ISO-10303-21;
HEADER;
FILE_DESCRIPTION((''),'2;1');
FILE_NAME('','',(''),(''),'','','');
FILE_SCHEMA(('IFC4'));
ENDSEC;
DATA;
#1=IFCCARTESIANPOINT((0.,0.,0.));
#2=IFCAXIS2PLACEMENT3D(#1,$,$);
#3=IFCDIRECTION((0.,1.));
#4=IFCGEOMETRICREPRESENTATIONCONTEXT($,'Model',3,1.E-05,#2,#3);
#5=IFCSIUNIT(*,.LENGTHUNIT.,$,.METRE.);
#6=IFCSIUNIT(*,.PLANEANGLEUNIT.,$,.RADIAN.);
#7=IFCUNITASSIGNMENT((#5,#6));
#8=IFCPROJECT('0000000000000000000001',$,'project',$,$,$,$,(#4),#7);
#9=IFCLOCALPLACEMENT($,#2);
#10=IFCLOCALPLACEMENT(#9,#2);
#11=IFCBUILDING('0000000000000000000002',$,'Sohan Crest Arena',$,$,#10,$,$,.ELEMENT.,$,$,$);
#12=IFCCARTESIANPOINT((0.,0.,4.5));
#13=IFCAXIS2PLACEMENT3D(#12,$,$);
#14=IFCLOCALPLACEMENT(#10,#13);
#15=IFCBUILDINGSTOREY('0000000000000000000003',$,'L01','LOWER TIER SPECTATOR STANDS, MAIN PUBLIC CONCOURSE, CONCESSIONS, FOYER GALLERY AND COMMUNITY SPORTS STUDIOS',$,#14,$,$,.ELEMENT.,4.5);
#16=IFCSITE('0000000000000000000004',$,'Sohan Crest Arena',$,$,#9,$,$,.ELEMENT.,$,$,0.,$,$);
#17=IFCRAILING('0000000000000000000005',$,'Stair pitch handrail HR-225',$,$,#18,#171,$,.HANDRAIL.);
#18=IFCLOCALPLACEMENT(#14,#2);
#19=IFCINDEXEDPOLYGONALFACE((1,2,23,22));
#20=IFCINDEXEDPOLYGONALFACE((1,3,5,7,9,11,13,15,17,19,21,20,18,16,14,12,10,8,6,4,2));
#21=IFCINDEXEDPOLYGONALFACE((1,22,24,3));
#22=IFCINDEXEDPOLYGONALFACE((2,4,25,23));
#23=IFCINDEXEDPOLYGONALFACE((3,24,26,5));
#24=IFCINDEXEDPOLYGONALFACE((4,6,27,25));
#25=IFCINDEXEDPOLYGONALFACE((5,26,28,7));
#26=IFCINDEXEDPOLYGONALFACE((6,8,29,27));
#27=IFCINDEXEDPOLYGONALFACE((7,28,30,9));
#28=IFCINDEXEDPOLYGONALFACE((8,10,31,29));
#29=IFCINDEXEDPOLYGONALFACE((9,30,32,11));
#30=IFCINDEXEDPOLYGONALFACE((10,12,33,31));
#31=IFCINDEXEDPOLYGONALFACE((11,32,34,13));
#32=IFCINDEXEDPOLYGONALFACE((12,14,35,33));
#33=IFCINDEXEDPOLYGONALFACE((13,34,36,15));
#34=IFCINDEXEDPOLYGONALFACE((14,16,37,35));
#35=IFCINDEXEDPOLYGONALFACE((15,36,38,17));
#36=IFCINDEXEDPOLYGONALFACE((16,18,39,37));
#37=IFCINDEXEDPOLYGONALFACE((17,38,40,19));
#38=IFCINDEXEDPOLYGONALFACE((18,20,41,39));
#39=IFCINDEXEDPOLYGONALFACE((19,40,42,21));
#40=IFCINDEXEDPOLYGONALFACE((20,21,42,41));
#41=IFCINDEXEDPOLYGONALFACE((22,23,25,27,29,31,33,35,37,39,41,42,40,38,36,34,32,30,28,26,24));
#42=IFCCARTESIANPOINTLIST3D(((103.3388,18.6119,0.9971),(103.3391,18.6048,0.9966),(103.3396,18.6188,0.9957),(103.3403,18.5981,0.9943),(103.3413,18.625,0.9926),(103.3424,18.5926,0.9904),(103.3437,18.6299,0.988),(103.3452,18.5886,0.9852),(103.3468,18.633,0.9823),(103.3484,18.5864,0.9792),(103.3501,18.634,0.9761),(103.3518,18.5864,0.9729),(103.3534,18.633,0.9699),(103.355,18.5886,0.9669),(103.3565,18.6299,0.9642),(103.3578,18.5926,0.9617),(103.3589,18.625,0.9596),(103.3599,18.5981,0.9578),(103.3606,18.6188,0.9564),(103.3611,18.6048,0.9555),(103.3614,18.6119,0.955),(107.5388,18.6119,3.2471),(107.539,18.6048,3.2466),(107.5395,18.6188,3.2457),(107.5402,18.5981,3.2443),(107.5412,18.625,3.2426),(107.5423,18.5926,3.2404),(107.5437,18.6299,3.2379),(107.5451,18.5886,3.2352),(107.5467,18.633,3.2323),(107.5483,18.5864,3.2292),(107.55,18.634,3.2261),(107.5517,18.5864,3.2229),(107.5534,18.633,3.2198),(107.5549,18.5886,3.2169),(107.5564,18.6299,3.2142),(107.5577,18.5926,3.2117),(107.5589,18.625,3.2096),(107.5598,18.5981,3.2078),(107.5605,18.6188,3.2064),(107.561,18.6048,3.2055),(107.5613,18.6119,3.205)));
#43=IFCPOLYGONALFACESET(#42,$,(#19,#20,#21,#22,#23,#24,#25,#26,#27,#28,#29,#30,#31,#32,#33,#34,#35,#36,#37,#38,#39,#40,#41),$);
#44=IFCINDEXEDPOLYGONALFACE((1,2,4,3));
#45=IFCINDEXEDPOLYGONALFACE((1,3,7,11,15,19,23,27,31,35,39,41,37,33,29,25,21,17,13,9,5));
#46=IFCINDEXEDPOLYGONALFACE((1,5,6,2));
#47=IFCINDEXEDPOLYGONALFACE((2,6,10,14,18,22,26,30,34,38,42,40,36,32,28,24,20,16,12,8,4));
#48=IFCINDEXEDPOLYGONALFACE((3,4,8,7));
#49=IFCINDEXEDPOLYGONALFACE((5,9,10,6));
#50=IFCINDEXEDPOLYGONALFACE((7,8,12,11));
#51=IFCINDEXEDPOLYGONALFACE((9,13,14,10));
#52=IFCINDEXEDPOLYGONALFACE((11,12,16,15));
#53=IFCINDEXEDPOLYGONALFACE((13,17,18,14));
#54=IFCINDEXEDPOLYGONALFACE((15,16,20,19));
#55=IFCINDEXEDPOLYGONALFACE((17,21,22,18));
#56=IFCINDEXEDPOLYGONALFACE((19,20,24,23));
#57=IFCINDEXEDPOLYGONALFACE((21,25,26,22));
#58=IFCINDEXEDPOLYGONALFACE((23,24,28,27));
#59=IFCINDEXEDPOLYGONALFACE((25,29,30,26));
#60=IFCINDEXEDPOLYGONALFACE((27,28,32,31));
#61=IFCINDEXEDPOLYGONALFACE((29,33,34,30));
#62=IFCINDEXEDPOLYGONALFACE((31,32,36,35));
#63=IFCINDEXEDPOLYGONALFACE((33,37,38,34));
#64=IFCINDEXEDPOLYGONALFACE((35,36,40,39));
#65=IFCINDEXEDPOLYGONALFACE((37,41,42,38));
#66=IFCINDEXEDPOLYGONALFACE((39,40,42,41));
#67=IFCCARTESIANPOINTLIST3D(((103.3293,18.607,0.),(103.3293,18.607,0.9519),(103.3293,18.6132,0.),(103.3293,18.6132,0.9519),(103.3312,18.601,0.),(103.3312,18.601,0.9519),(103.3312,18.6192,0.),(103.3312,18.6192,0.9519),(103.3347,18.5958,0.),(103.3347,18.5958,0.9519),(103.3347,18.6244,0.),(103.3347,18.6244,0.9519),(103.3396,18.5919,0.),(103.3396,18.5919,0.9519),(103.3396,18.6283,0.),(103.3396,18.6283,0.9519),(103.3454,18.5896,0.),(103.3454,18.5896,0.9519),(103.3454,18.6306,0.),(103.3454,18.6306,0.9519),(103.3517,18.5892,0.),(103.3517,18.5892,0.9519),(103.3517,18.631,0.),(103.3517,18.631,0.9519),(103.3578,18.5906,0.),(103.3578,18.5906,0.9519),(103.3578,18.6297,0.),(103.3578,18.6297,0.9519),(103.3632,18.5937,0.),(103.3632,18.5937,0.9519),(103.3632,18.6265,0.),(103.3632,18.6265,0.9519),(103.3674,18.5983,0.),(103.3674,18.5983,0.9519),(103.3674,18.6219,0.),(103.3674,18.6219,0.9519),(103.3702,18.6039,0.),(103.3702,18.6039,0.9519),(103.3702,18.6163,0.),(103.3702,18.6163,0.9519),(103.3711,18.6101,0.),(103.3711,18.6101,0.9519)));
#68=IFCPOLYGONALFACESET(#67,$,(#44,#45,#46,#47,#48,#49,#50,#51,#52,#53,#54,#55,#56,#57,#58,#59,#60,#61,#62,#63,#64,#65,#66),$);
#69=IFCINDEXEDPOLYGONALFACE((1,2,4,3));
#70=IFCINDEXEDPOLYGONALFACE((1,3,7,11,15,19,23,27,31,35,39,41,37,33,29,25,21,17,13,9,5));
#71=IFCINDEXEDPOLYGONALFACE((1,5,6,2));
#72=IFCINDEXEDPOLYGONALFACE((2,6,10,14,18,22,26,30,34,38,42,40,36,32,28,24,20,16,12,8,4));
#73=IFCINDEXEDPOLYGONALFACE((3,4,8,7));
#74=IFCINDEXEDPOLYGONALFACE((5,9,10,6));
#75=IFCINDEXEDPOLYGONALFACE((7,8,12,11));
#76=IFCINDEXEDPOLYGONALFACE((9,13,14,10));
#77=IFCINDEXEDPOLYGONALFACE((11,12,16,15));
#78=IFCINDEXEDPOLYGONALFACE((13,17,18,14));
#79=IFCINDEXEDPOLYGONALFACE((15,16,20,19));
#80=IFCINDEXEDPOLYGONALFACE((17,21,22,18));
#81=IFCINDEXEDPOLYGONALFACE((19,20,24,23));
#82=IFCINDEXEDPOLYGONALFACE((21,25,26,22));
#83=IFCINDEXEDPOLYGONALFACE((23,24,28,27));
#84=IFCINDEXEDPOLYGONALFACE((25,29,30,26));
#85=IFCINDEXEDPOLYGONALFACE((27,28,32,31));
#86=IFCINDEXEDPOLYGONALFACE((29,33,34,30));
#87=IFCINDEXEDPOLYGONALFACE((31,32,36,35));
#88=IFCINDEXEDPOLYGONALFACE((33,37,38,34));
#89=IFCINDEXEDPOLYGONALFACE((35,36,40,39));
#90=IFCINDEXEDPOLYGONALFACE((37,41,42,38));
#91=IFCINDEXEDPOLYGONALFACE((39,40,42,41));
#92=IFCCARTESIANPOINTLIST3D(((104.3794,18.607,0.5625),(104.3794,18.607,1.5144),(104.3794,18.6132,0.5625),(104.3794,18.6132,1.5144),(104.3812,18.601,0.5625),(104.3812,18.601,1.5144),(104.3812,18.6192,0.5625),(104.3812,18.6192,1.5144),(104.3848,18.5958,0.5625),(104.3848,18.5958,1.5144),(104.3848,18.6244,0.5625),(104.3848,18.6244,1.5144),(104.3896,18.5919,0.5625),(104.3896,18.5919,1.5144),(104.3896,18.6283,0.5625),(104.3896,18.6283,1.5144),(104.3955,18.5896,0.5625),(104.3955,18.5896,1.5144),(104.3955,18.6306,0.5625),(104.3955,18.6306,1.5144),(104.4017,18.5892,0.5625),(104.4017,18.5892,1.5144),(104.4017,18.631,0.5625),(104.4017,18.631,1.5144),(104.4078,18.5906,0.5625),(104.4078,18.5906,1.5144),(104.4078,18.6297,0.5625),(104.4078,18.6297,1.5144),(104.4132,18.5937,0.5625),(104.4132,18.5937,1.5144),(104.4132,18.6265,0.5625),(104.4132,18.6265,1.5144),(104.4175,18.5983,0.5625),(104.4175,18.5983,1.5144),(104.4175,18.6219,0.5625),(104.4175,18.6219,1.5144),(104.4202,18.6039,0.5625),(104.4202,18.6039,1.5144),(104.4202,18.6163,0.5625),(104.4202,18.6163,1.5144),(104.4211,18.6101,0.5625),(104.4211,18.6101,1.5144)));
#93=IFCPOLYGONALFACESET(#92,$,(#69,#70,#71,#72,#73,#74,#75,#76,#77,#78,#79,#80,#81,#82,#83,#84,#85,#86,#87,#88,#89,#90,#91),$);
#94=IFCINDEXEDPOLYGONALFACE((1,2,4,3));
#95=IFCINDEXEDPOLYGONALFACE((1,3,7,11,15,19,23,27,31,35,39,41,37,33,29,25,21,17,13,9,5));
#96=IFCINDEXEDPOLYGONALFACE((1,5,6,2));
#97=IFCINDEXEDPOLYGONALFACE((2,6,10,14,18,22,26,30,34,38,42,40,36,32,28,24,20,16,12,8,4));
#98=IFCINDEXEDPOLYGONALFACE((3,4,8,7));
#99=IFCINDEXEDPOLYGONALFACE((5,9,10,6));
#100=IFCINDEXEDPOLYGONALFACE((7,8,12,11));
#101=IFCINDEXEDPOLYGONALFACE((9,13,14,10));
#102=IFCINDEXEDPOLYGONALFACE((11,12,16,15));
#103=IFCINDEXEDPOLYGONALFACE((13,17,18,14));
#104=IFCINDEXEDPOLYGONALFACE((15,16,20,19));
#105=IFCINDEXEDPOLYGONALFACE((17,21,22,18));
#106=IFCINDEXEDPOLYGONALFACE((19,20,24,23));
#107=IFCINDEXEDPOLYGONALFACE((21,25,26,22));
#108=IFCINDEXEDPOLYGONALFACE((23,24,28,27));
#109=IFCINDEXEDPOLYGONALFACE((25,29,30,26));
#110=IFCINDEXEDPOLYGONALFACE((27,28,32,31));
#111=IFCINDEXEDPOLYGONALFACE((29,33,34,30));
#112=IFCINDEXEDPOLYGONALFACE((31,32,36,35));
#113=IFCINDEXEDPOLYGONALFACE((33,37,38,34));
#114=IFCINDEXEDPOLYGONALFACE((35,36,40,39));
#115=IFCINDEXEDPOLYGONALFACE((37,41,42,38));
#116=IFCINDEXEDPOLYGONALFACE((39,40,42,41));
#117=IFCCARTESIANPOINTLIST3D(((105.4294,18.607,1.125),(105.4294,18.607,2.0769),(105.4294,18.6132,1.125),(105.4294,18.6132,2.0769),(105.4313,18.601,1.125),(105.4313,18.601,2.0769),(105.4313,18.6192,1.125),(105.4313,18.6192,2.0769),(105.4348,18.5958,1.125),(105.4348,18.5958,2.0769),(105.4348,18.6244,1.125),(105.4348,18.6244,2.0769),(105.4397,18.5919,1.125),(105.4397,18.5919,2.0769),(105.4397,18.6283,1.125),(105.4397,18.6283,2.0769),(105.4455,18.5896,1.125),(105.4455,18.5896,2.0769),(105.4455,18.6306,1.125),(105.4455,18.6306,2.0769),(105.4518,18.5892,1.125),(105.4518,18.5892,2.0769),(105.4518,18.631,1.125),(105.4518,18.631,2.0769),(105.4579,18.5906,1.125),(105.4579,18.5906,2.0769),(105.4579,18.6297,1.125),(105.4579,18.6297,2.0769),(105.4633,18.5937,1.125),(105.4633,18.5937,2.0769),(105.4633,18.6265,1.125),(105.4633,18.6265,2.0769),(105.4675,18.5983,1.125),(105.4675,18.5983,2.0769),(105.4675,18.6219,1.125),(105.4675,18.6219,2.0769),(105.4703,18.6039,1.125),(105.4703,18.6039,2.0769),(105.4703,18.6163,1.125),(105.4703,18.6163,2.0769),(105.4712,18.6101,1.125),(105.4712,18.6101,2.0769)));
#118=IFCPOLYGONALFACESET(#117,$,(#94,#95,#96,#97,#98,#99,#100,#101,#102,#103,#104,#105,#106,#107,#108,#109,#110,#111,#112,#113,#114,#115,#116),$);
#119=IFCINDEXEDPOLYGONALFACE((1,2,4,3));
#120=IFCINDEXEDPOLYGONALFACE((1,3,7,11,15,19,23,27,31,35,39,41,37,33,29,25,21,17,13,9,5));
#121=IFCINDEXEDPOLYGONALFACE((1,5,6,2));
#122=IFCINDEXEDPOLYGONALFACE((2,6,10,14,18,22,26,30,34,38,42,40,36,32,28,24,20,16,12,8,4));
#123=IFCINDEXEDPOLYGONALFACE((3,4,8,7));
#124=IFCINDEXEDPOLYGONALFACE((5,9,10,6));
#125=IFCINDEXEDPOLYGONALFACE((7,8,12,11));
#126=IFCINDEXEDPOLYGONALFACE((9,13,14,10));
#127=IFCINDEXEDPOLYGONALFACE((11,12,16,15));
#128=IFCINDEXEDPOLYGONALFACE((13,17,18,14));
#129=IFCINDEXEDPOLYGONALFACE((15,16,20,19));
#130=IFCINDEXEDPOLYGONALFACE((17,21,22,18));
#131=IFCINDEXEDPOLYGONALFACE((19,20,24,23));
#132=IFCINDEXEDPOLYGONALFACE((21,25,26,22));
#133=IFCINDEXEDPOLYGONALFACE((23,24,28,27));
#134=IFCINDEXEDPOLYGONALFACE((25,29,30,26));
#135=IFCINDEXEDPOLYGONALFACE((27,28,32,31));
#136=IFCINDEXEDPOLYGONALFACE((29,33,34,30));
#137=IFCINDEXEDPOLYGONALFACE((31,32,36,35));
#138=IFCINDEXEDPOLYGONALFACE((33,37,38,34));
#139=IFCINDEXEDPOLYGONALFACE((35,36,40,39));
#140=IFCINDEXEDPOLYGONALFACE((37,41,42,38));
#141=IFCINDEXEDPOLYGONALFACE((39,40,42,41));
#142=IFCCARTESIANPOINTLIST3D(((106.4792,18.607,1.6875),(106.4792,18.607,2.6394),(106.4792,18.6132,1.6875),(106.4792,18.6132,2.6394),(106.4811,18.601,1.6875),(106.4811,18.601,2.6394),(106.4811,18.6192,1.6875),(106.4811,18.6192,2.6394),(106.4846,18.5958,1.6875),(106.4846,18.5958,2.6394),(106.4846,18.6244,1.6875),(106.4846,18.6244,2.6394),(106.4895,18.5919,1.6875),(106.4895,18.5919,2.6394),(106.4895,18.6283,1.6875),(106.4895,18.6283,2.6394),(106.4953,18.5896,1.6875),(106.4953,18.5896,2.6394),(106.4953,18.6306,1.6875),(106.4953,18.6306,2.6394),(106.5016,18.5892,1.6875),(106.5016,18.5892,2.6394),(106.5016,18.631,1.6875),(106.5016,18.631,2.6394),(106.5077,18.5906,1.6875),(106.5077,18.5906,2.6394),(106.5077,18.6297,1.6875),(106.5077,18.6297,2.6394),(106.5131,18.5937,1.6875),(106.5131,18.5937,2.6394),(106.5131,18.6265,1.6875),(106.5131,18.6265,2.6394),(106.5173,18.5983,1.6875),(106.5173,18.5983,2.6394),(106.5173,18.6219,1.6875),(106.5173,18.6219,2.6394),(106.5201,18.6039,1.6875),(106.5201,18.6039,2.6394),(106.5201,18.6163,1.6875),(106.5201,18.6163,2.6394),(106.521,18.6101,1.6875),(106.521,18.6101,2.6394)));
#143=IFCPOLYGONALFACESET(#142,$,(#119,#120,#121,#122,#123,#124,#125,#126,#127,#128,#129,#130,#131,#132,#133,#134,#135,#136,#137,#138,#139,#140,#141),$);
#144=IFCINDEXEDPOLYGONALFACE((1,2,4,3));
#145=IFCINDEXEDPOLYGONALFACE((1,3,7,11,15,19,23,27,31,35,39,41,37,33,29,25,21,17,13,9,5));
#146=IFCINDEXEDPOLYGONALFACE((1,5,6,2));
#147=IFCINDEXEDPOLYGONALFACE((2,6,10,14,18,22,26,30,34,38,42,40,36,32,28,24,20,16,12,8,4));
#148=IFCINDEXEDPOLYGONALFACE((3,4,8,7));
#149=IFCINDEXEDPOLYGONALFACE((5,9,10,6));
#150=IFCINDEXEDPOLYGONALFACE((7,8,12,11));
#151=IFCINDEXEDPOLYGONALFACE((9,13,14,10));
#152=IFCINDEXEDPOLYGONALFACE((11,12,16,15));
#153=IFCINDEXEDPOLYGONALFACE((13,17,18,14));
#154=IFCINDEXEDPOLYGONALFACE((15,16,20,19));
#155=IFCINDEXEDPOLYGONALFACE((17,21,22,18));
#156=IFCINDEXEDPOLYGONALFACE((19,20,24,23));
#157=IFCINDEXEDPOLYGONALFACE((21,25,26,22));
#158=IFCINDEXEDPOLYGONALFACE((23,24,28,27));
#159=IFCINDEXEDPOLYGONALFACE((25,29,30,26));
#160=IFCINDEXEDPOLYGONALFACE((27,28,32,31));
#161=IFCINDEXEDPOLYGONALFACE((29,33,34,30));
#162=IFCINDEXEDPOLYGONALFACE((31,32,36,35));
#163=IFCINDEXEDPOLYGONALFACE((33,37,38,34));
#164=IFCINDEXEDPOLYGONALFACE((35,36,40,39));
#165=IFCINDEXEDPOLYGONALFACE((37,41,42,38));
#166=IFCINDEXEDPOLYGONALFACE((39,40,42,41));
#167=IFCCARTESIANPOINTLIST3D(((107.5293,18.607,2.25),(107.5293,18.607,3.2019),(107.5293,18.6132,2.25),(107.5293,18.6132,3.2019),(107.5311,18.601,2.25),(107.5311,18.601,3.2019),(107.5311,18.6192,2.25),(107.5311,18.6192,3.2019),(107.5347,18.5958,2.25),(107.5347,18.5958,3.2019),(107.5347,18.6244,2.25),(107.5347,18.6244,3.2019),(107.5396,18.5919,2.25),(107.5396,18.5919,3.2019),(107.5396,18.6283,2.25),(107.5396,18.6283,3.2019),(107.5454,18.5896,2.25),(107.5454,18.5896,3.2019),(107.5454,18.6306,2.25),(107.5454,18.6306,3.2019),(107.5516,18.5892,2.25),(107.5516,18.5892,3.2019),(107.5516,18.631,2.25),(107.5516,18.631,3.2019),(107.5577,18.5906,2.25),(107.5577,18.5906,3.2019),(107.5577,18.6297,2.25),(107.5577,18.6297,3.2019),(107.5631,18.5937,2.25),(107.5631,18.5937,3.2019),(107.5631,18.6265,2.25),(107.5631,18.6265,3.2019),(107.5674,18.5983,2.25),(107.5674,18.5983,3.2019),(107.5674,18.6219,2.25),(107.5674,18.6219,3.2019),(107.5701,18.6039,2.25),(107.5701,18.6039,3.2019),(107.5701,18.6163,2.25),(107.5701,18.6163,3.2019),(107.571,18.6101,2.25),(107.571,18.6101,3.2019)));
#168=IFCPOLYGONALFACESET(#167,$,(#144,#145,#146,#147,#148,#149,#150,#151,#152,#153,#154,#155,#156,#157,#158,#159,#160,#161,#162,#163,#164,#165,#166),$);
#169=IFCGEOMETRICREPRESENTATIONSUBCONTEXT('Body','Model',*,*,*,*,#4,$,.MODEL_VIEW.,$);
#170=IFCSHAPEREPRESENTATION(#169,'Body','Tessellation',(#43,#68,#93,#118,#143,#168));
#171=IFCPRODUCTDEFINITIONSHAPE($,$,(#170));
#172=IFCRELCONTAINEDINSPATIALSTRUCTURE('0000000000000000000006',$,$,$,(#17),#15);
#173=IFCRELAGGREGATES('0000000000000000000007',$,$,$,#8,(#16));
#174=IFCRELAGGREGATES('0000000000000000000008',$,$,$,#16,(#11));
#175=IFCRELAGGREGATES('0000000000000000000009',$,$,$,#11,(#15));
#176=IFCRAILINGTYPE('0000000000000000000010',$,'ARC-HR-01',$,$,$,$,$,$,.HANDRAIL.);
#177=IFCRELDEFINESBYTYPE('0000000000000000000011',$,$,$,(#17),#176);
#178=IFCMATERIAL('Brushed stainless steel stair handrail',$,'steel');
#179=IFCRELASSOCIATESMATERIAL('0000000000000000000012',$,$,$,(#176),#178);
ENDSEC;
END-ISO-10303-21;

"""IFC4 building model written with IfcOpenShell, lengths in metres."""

from ifc_helpers import new_model, si_unit, direction, frame, origin, origin_2d, place, context, subcontext, project, spatial, circle, extrude, material, type_object, element, save


model = new_model("IFC4")

# Units and contexts
model_context = context("Model", 3, precision=1e-05, world=origin(), true_north=direction((0.0, 1.0)))
body_context = subcontext(model_context, "Body", "Model", "MODEL_VIEW")
ifc_project = project(units=[si_unit("LENGTHUNIT", "METRE"), si_unit("PLANEANGLEUNIT", "RADIAN")], contexts=[model_context])

# Site, building, storey
site_placement = place(None, origin())
site = spatial("IfcSite", under=ifc_project, at=site_placement, Name="Sohan Crest Arena", CompositionType="ELEMENT", RefElevation=0.0)
building_placement = place(site_placement, origin())
building = spatial("IfcBuilding", under=site, at=building_placement, Name="Sohan Crest Arena", CompositionType="ELEMENT")
storey_placement = place(building_placement, frame((0.0, 0.0, 4.5)))
storey = spatial("IfcBuildingStorey", under=building, at=storey_placement, Name="L01", Description="LOWER TIER SPECTATOR STANDS, MAIN PUBLIC CONCOURSE, CONCESSIONS, FOYER GALLERY AND COMMUNITY SPORTS STUDIOS", CompositionType="ELEMENT", Elevation=4.5)

# Railing
ifc_material_1 = material(Name="Brushed stainless steel stair handrail", Category="steel")
railing_type = type_object("IfcRailingType", Name="ARC-HR-01", PredefinedType="HANDRAIL", material=ifc_material_1)
for number, where, name in (
    (1, (103.3501, 18.6101, 0.0), "Stair pitch handrail HR-225"),
):
    element("IfcRailing", number, at=place(storey_placement, frame(where)), inside=storey, type_object=railing_type, Name=name, PredefinedType="HANDRAIL", context=body_context, shape_type="SweptSolid", body=[
        extrude(circle(Radius=0.0239, at=origin_2d()), frame((0.0, 0.0, 0.9761), z_axis=(0.881478, 0.0, 0.472226), x_axis=(0.0, 1.0, 0.0)), (0.0, 0.0, 1.0), 4.7646),
        extrude(circle(Radius=0.021, at=origin_2d()), origin(), (0.0, 0.0, 1.0), 0.9519),
        extrude(circle(Radius=0.021, at=origin_2d()), frame((1.05, 0.0, 0.5625)), (0.0, 0.0, 1.0), 0.9519),
        extrude(circle(Radius=0.021, at=origin_2d()), frame((2.1001, 0.0, 1.125)), (0.0, 0.0, 1.0), 0.9519),
        extrude(circle(Radius=0.021, at=origin_2d()), frame((3.1499, 0.0, 1.6875)), (0.0, 0.0, 1.0), 0.9519),
        extrude(circle(Radius=0.021, at=origin_2d()), frame((4.2, 0.0, 2.25)), (0.0, 0.0, 1.0), 0.9519),
    ])

save(model, "model.ifc")
